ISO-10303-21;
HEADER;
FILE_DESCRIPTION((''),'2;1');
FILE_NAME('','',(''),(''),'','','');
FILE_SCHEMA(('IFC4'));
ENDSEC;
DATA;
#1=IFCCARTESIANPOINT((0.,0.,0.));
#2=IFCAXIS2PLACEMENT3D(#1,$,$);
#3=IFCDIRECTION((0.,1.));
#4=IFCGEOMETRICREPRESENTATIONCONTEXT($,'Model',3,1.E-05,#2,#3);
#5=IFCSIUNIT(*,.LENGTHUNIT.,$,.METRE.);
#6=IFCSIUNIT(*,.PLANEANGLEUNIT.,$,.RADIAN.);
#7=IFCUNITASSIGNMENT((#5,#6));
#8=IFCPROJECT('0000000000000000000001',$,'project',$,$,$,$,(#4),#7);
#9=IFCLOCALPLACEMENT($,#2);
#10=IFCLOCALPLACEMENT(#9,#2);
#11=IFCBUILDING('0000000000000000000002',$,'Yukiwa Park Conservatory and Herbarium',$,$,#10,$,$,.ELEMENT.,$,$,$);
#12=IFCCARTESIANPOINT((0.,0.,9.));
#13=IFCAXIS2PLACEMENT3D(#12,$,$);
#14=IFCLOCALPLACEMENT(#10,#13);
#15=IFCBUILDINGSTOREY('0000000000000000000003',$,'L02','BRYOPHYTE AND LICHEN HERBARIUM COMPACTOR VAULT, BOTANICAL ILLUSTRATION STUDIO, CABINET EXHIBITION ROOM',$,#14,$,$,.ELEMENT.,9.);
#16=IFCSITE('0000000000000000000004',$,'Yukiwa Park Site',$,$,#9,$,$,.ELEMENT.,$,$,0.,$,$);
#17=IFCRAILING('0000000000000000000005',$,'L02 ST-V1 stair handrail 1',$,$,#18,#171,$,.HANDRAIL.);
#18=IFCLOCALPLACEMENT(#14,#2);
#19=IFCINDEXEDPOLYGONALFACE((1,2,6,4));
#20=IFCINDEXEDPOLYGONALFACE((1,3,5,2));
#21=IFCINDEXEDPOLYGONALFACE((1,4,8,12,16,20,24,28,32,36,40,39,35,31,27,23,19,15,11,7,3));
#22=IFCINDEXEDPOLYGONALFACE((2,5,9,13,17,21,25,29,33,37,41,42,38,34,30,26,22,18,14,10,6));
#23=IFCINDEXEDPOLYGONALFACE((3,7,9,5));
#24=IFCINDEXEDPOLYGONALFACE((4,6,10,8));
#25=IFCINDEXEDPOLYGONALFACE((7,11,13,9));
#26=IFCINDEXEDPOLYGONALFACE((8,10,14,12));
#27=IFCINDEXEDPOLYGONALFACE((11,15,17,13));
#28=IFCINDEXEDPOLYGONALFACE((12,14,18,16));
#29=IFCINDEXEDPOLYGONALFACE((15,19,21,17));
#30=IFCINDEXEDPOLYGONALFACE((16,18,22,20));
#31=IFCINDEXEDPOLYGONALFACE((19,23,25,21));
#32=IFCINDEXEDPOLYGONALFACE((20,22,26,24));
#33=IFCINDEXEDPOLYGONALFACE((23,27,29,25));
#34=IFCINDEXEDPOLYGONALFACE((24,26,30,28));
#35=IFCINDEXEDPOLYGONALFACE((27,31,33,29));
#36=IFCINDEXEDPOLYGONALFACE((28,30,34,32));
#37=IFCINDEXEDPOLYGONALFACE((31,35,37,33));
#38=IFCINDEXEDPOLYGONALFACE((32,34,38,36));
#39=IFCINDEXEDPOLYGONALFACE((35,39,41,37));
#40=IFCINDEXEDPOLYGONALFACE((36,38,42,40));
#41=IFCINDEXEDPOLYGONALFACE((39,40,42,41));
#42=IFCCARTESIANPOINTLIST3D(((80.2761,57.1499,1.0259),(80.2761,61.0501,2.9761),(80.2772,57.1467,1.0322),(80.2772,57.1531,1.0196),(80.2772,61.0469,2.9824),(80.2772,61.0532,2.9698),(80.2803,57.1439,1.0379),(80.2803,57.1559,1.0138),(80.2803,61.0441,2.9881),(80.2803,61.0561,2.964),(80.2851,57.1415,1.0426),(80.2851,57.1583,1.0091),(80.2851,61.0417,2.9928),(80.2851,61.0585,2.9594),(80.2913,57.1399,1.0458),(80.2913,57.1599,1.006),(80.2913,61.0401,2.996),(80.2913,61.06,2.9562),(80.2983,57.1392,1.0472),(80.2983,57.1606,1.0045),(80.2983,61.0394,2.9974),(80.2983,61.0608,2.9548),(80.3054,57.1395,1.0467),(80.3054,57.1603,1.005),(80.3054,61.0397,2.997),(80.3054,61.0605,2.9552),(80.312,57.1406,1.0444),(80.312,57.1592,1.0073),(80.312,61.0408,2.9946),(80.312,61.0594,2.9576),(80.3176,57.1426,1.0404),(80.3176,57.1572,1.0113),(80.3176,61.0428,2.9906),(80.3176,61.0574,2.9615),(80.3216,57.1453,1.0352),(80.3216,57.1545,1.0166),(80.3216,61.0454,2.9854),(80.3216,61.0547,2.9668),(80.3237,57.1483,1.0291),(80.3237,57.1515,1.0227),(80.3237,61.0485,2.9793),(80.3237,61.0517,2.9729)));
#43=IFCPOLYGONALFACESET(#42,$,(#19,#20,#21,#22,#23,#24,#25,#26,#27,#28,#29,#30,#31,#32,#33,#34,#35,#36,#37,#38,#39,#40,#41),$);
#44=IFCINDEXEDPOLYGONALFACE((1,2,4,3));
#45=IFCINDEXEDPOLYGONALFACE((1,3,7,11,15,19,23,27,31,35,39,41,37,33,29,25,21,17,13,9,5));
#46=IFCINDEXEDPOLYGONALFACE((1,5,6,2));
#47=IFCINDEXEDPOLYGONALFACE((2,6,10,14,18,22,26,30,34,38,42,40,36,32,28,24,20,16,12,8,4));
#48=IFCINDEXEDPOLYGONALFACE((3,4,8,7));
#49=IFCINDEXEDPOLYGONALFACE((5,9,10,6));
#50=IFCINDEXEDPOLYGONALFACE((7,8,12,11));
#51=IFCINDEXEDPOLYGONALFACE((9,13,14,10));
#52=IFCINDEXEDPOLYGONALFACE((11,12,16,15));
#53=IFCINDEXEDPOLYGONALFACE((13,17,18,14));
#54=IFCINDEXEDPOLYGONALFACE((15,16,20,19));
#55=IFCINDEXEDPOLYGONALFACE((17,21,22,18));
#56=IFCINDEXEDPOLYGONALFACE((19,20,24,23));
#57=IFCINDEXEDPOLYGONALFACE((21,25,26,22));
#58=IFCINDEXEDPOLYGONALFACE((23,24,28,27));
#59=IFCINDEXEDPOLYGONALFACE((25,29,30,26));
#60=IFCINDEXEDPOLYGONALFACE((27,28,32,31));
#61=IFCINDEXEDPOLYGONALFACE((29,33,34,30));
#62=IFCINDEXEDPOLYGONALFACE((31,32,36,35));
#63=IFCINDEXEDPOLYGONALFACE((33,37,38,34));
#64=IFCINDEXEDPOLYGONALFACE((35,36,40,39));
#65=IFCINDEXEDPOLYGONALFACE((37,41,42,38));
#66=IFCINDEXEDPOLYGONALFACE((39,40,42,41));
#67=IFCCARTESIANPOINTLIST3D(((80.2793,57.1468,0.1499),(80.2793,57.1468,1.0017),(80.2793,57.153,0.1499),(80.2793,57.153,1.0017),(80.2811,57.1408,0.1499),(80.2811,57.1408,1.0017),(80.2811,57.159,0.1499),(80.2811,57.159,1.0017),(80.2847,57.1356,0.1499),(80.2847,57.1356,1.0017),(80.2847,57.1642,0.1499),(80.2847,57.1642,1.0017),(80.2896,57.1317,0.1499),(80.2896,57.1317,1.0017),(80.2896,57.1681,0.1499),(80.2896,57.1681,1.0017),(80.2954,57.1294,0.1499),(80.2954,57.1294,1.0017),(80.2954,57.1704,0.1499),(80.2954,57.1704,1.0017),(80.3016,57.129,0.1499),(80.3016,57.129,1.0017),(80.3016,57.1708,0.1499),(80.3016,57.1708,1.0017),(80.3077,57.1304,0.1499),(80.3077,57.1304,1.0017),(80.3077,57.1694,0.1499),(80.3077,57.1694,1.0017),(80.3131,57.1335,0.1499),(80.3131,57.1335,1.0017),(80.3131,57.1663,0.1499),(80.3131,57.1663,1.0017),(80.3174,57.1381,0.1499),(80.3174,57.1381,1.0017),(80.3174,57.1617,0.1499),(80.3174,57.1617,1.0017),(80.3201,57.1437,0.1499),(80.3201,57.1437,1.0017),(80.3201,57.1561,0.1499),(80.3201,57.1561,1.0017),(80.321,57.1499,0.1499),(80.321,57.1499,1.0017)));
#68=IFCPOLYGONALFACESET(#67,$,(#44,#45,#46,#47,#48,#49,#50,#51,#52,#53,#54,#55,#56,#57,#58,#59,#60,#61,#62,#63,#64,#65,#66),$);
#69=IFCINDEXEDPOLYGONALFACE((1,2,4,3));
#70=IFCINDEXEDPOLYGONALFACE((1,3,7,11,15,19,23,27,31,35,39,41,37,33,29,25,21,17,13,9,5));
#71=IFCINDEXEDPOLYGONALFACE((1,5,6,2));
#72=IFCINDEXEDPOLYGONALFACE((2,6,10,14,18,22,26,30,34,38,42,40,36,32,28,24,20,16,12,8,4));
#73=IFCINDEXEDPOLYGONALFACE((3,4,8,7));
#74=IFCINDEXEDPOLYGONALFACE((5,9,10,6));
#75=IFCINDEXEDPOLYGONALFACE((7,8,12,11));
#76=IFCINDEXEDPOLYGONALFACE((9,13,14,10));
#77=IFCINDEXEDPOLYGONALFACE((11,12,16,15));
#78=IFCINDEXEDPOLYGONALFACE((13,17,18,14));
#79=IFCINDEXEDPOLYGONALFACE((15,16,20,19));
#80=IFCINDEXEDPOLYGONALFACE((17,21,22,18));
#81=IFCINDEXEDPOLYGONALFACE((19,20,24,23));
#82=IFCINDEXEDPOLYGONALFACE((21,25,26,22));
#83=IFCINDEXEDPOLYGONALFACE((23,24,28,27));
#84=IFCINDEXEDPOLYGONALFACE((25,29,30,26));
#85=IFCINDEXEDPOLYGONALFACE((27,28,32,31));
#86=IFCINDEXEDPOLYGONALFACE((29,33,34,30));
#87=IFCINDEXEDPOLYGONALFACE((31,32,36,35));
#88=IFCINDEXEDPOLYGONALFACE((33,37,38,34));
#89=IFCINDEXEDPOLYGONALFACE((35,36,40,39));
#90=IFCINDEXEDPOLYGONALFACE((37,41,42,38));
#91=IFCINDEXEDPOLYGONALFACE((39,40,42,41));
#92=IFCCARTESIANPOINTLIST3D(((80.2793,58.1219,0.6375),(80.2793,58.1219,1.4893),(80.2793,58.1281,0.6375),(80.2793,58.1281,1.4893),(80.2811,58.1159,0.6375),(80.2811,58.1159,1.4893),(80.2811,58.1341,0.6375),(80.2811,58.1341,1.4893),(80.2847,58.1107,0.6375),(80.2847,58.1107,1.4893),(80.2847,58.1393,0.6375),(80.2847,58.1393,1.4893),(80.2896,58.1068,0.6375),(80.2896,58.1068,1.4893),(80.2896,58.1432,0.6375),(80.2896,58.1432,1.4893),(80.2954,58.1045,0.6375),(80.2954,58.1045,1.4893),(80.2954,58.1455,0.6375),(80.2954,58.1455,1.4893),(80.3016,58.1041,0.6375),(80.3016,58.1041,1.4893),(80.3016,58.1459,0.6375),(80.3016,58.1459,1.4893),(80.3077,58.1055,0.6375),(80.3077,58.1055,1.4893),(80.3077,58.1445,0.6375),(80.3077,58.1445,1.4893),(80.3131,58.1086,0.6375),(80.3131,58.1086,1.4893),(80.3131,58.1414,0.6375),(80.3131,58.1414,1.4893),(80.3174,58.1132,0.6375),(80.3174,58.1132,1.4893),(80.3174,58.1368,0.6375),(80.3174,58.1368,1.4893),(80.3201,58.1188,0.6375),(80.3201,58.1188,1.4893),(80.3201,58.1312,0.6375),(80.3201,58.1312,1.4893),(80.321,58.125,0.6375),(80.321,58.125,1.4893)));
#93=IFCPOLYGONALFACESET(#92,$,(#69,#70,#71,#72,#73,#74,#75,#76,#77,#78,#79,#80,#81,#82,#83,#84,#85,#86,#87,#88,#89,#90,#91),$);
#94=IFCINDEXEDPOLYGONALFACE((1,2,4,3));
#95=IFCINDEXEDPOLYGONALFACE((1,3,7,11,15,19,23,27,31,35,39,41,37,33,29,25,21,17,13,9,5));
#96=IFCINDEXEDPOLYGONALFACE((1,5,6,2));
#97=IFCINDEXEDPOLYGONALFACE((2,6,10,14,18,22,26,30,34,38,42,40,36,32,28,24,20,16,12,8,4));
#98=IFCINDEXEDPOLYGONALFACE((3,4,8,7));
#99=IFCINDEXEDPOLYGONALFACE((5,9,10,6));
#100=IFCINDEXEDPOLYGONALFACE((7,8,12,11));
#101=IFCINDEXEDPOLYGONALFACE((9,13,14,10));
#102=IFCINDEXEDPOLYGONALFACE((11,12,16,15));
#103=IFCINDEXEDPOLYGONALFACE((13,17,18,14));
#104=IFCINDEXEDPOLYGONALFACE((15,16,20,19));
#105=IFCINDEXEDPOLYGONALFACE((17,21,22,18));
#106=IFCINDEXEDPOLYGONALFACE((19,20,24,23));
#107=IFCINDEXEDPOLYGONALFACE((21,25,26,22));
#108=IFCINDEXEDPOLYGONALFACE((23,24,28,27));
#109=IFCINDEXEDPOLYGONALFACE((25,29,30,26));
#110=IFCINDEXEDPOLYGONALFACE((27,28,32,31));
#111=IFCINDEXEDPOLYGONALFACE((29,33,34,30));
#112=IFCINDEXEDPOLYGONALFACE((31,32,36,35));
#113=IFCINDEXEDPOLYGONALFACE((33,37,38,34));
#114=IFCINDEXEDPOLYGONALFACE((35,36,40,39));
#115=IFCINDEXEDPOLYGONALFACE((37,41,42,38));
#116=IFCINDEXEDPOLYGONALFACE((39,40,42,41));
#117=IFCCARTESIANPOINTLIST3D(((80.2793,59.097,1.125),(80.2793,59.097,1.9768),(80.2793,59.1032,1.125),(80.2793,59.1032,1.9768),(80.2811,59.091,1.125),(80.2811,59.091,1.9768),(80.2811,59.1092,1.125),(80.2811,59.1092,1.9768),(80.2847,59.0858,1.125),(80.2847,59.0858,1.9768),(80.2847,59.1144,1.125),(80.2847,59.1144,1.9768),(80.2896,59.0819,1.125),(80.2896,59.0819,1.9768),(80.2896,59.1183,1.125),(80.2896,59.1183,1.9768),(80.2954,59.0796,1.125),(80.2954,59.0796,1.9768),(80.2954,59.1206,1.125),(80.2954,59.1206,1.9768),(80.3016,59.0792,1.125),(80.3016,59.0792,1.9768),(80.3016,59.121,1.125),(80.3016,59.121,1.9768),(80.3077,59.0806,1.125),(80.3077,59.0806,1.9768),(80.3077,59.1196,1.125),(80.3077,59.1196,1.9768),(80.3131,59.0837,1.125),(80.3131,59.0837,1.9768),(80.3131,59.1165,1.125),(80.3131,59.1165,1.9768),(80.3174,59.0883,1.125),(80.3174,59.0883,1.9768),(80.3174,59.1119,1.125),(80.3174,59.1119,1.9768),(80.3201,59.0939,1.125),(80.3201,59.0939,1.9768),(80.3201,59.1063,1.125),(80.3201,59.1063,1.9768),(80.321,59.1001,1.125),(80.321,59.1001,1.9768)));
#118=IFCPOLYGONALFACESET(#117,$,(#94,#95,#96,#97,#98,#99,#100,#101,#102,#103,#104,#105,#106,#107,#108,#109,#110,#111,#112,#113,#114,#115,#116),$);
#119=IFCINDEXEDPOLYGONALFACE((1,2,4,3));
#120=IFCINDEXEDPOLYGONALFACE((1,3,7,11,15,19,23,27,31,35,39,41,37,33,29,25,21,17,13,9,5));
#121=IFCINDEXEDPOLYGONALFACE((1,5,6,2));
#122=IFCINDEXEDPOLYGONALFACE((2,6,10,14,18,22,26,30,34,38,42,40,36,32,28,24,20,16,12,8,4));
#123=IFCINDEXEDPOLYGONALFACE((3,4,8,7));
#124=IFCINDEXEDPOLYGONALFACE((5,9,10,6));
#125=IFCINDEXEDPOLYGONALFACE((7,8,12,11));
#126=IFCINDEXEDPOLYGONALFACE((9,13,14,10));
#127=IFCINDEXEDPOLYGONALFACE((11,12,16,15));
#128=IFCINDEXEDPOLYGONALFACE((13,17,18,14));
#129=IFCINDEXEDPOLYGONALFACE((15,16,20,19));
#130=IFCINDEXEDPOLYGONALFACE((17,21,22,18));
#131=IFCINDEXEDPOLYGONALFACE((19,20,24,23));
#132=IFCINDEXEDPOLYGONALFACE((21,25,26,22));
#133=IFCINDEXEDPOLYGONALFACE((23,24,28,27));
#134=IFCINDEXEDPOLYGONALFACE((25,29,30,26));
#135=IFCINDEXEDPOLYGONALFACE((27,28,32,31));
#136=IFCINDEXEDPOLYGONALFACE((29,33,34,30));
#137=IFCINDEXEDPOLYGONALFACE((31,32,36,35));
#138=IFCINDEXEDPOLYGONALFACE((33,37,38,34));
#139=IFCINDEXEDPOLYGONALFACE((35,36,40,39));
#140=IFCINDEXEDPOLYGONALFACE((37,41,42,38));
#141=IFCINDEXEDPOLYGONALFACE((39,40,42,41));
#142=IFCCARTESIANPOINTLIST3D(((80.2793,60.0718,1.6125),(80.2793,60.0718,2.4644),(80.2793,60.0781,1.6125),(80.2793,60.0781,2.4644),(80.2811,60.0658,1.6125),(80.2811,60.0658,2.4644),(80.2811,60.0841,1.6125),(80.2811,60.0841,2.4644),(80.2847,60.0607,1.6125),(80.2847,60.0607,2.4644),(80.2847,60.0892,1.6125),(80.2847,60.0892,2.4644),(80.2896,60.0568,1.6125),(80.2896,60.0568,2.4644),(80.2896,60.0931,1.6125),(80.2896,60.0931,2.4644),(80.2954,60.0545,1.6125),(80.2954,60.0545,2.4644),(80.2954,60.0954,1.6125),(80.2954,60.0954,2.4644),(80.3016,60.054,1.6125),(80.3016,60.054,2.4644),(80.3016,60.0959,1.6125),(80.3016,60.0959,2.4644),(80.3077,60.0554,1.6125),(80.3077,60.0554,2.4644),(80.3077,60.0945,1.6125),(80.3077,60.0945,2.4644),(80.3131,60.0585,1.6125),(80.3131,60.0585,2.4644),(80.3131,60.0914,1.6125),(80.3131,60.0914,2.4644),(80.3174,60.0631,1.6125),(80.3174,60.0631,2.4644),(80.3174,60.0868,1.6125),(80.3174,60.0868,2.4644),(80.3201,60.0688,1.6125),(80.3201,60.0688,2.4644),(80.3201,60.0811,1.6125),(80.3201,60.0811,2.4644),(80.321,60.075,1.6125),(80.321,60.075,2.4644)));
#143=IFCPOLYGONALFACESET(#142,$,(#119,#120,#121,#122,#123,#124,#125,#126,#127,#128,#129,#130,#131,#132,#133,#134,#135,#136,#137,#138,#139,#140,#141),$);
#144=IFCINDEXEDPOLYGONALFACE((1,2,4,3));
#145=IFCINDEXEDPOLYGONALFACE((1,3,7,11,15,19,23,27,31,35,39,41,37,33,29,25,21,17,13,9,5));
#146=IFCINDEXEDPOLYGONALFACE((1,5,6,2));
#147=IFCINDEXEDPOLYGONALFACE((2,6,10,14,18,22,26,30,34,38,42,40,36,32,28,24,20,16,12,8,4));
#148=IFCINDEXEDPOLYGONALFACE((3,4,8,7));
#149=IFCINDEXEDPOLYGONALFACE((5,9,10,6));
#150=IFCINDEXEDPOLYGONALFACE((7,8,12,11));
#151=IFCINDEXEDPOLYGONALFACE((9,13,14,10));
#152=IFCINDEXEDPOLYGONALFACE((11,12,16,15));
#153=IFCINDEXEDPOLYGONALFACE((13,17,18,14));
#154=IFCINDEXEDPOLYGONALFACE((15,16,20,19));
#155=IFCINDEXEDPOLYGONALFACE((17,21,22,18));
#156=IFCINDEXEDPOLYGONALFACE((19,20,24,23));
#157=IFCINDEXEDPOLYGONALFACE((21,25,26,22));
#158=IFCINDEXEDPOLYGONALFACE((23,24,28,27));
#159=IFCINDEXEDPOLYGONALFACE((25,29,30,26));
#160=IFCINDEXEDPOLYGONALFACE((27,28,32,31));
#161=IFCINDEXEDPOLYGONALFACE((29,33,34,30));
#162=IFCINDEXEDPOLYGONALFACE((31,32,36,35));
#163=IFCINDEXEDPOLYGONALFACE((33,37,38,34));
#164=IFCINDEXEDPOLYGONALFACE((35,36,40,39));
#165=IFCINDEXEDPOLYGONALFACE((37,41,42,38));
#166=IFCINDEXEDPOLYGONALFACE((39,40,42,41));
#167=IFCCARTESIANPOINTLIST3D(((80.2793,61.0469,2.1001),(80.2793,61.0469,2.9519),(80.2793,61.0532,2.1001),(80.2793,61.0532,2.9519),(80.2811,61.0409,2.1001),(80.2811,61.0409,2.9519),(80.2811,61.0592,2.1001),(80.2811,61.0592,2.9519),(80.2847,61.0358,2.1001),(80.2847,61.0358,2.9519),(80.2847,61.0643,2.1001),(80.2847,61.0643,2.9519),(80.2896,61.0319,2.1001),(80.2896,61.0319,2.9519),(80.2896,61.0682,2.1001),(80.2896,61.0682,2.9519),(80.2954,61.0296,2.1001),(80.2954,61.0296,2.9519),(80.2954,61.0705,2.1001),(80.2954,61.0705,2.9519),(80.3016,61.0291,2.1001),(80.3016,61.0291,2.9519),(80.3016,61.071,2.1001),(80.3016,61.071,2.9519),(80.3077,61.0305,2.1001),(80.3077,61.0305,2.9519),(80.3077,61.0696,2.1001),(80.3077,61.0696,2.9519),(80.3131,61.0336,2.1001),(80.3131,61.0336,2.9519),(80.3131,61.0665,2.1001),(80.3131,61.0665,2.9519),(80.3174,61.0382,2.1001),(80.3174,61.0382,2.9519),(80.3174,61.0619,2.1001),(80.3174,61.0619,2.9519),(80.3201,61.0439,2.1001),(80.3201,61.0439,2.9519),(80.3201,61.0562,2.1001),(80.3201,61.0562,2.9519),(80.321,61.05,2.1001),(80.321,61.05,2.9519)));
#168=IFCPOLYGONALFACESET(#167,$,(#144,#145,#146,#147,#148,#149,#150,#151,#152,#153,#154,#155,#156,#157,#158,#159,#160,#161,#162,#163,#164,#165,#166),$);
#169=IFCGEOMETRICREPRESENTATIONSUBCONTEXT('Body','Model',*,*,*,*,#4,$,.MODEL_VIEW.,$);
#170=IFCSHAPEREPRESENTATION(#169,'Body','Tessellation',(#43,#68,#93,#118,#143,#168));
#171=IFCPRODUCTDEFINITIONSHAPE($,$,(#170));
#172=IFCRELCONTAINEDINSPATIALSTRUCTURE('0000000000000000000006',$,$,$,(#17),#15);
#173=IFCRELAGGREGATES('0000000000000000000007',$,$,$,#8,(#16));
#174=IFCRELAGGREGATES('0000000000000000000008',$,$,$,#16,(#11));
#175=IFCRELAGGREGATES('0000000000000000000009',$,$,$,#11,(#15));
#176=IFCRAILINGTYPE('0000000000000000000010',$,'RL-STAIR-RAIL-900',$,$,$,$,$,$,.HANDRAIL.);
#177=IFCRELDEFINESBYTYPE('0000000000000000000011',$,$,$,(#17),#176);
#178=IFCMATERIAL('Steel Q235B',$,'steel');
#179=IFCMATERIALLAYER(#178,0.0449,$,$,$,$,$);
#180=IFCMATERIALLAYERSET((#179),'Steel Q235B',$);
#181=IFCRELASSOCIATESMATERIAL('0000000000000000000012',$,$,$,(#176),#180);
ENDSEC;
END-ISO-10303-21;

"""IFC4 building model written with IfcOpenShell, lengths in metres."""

from ifc_helpers import new_model, si_unit, direction, frame, origin, origin_2d, place, context, subcontext, project, spatial, circle, extrude, material, layer, layer_set, type_object, element, save


model = new_model("IFC4")

# Units and contexts
model_context = context("Model", 3, precision=1e-05, world=origin(), true_north=direction((0.0, 1.0)))
body_context = subcontext(model_context, "Body", "Model", "MODEL_VIEW")
ifc_project = project(units=[si_unit("LENGTHUNIT", "METRE"), si_unit("PLANEANGLEUNIT", "RADIAN")], contexts=[model_context])

# Site, building, storey
site_placement = place(None, origin())
site = spatial("IfcSite", under=ifc_project, at=site_placement, Name="Yukiwa Park Site", CompositionType="ELEMENT", RefElevation=0.0)
building_placement = place(site_placement, origin())
building = spatial("IfcBuilding", under=site, at=building_placement, Name="Yukiwa Park Conservatory and Herbarium", CompositionType="ELEMENT")
storey_placement = place(building_placement, frame((0.0, 0.0, 9.0)))
storey = spatial("IfcBuildingStorey", under=building, at=storey_placement, Name="L02", Description="BRYOPHYTE AND LICHEN HERBARIUM COMPACTOR VAULT, BOTANICAL ILLUSTRATION STUDIO, CABINET EXHIBITION ROOM", CompositionType="ELEMENT", Elevation=9.0)

# Railing
ifc_material_1 = material(Name="Steel Q235B", Category="steel")
ifc_layer_1 = layer(ifc_material_1, 0.0449)
ifc_layer_set_1 = layer_set([ifc_layer_1], Name="Steel Q235B")
railing_type_1 = type_object("IfcRailingType", Name="RL-STAIR-RAIL-900", PredefinedType="HANDRAIL", material=ifc_layer_set_1)
railing_1_placement = place(storey_placement, frame((80.3, 57.1499, 0.1499)))
element("IfcRailing", 1, at=railing_1_placement, inside=storey, type_object=railing_type_1, Name="L02 ST-V1 stair handrail 1", PredefinedType="HANDRAIL", context=body_context, shape_type="SweptSolid", body=[
    extrude(circle(Radius=0.0239, at=origin_2d()), frame((0.0, 0.0, 0.876), z_axis=(0.0, 0.894416, 0.447236), x_axis=(-1.0, 0.0, 0.0)), (0.0, 0.0, 1.0), 4.3606),
    extrude(circle(Radius=0.021, at=origin_2d()), origin(), (0.0, 0.0, 1.0), 0.8518),
    extrude(circle(Radius=0.021, at=origin_2d()), frame((0.0, 0.9751, 0.4875)), (0.0, 0.0, 1.0), 0.8518),
    extrude(circle(Radius=0.021, at=origin_2d()), frame((0.0, 1.9502, 0.9751)), (0.0, 0.0, 1.0), 0.8518),
    extrude(circle(Radius=0.021, at=origin_2d()), frame((0.0, 2.925, 1.4626)), (0.0, 0.0, 1.0), 0.8518),
    extrude(circle(Radius=0.021, at=origin_2d()), frame((0.0, 3.9001, 1.9502)), (0.0, 0.0, 1.0), 0.8518),
])

save(model, "model.ifc")
